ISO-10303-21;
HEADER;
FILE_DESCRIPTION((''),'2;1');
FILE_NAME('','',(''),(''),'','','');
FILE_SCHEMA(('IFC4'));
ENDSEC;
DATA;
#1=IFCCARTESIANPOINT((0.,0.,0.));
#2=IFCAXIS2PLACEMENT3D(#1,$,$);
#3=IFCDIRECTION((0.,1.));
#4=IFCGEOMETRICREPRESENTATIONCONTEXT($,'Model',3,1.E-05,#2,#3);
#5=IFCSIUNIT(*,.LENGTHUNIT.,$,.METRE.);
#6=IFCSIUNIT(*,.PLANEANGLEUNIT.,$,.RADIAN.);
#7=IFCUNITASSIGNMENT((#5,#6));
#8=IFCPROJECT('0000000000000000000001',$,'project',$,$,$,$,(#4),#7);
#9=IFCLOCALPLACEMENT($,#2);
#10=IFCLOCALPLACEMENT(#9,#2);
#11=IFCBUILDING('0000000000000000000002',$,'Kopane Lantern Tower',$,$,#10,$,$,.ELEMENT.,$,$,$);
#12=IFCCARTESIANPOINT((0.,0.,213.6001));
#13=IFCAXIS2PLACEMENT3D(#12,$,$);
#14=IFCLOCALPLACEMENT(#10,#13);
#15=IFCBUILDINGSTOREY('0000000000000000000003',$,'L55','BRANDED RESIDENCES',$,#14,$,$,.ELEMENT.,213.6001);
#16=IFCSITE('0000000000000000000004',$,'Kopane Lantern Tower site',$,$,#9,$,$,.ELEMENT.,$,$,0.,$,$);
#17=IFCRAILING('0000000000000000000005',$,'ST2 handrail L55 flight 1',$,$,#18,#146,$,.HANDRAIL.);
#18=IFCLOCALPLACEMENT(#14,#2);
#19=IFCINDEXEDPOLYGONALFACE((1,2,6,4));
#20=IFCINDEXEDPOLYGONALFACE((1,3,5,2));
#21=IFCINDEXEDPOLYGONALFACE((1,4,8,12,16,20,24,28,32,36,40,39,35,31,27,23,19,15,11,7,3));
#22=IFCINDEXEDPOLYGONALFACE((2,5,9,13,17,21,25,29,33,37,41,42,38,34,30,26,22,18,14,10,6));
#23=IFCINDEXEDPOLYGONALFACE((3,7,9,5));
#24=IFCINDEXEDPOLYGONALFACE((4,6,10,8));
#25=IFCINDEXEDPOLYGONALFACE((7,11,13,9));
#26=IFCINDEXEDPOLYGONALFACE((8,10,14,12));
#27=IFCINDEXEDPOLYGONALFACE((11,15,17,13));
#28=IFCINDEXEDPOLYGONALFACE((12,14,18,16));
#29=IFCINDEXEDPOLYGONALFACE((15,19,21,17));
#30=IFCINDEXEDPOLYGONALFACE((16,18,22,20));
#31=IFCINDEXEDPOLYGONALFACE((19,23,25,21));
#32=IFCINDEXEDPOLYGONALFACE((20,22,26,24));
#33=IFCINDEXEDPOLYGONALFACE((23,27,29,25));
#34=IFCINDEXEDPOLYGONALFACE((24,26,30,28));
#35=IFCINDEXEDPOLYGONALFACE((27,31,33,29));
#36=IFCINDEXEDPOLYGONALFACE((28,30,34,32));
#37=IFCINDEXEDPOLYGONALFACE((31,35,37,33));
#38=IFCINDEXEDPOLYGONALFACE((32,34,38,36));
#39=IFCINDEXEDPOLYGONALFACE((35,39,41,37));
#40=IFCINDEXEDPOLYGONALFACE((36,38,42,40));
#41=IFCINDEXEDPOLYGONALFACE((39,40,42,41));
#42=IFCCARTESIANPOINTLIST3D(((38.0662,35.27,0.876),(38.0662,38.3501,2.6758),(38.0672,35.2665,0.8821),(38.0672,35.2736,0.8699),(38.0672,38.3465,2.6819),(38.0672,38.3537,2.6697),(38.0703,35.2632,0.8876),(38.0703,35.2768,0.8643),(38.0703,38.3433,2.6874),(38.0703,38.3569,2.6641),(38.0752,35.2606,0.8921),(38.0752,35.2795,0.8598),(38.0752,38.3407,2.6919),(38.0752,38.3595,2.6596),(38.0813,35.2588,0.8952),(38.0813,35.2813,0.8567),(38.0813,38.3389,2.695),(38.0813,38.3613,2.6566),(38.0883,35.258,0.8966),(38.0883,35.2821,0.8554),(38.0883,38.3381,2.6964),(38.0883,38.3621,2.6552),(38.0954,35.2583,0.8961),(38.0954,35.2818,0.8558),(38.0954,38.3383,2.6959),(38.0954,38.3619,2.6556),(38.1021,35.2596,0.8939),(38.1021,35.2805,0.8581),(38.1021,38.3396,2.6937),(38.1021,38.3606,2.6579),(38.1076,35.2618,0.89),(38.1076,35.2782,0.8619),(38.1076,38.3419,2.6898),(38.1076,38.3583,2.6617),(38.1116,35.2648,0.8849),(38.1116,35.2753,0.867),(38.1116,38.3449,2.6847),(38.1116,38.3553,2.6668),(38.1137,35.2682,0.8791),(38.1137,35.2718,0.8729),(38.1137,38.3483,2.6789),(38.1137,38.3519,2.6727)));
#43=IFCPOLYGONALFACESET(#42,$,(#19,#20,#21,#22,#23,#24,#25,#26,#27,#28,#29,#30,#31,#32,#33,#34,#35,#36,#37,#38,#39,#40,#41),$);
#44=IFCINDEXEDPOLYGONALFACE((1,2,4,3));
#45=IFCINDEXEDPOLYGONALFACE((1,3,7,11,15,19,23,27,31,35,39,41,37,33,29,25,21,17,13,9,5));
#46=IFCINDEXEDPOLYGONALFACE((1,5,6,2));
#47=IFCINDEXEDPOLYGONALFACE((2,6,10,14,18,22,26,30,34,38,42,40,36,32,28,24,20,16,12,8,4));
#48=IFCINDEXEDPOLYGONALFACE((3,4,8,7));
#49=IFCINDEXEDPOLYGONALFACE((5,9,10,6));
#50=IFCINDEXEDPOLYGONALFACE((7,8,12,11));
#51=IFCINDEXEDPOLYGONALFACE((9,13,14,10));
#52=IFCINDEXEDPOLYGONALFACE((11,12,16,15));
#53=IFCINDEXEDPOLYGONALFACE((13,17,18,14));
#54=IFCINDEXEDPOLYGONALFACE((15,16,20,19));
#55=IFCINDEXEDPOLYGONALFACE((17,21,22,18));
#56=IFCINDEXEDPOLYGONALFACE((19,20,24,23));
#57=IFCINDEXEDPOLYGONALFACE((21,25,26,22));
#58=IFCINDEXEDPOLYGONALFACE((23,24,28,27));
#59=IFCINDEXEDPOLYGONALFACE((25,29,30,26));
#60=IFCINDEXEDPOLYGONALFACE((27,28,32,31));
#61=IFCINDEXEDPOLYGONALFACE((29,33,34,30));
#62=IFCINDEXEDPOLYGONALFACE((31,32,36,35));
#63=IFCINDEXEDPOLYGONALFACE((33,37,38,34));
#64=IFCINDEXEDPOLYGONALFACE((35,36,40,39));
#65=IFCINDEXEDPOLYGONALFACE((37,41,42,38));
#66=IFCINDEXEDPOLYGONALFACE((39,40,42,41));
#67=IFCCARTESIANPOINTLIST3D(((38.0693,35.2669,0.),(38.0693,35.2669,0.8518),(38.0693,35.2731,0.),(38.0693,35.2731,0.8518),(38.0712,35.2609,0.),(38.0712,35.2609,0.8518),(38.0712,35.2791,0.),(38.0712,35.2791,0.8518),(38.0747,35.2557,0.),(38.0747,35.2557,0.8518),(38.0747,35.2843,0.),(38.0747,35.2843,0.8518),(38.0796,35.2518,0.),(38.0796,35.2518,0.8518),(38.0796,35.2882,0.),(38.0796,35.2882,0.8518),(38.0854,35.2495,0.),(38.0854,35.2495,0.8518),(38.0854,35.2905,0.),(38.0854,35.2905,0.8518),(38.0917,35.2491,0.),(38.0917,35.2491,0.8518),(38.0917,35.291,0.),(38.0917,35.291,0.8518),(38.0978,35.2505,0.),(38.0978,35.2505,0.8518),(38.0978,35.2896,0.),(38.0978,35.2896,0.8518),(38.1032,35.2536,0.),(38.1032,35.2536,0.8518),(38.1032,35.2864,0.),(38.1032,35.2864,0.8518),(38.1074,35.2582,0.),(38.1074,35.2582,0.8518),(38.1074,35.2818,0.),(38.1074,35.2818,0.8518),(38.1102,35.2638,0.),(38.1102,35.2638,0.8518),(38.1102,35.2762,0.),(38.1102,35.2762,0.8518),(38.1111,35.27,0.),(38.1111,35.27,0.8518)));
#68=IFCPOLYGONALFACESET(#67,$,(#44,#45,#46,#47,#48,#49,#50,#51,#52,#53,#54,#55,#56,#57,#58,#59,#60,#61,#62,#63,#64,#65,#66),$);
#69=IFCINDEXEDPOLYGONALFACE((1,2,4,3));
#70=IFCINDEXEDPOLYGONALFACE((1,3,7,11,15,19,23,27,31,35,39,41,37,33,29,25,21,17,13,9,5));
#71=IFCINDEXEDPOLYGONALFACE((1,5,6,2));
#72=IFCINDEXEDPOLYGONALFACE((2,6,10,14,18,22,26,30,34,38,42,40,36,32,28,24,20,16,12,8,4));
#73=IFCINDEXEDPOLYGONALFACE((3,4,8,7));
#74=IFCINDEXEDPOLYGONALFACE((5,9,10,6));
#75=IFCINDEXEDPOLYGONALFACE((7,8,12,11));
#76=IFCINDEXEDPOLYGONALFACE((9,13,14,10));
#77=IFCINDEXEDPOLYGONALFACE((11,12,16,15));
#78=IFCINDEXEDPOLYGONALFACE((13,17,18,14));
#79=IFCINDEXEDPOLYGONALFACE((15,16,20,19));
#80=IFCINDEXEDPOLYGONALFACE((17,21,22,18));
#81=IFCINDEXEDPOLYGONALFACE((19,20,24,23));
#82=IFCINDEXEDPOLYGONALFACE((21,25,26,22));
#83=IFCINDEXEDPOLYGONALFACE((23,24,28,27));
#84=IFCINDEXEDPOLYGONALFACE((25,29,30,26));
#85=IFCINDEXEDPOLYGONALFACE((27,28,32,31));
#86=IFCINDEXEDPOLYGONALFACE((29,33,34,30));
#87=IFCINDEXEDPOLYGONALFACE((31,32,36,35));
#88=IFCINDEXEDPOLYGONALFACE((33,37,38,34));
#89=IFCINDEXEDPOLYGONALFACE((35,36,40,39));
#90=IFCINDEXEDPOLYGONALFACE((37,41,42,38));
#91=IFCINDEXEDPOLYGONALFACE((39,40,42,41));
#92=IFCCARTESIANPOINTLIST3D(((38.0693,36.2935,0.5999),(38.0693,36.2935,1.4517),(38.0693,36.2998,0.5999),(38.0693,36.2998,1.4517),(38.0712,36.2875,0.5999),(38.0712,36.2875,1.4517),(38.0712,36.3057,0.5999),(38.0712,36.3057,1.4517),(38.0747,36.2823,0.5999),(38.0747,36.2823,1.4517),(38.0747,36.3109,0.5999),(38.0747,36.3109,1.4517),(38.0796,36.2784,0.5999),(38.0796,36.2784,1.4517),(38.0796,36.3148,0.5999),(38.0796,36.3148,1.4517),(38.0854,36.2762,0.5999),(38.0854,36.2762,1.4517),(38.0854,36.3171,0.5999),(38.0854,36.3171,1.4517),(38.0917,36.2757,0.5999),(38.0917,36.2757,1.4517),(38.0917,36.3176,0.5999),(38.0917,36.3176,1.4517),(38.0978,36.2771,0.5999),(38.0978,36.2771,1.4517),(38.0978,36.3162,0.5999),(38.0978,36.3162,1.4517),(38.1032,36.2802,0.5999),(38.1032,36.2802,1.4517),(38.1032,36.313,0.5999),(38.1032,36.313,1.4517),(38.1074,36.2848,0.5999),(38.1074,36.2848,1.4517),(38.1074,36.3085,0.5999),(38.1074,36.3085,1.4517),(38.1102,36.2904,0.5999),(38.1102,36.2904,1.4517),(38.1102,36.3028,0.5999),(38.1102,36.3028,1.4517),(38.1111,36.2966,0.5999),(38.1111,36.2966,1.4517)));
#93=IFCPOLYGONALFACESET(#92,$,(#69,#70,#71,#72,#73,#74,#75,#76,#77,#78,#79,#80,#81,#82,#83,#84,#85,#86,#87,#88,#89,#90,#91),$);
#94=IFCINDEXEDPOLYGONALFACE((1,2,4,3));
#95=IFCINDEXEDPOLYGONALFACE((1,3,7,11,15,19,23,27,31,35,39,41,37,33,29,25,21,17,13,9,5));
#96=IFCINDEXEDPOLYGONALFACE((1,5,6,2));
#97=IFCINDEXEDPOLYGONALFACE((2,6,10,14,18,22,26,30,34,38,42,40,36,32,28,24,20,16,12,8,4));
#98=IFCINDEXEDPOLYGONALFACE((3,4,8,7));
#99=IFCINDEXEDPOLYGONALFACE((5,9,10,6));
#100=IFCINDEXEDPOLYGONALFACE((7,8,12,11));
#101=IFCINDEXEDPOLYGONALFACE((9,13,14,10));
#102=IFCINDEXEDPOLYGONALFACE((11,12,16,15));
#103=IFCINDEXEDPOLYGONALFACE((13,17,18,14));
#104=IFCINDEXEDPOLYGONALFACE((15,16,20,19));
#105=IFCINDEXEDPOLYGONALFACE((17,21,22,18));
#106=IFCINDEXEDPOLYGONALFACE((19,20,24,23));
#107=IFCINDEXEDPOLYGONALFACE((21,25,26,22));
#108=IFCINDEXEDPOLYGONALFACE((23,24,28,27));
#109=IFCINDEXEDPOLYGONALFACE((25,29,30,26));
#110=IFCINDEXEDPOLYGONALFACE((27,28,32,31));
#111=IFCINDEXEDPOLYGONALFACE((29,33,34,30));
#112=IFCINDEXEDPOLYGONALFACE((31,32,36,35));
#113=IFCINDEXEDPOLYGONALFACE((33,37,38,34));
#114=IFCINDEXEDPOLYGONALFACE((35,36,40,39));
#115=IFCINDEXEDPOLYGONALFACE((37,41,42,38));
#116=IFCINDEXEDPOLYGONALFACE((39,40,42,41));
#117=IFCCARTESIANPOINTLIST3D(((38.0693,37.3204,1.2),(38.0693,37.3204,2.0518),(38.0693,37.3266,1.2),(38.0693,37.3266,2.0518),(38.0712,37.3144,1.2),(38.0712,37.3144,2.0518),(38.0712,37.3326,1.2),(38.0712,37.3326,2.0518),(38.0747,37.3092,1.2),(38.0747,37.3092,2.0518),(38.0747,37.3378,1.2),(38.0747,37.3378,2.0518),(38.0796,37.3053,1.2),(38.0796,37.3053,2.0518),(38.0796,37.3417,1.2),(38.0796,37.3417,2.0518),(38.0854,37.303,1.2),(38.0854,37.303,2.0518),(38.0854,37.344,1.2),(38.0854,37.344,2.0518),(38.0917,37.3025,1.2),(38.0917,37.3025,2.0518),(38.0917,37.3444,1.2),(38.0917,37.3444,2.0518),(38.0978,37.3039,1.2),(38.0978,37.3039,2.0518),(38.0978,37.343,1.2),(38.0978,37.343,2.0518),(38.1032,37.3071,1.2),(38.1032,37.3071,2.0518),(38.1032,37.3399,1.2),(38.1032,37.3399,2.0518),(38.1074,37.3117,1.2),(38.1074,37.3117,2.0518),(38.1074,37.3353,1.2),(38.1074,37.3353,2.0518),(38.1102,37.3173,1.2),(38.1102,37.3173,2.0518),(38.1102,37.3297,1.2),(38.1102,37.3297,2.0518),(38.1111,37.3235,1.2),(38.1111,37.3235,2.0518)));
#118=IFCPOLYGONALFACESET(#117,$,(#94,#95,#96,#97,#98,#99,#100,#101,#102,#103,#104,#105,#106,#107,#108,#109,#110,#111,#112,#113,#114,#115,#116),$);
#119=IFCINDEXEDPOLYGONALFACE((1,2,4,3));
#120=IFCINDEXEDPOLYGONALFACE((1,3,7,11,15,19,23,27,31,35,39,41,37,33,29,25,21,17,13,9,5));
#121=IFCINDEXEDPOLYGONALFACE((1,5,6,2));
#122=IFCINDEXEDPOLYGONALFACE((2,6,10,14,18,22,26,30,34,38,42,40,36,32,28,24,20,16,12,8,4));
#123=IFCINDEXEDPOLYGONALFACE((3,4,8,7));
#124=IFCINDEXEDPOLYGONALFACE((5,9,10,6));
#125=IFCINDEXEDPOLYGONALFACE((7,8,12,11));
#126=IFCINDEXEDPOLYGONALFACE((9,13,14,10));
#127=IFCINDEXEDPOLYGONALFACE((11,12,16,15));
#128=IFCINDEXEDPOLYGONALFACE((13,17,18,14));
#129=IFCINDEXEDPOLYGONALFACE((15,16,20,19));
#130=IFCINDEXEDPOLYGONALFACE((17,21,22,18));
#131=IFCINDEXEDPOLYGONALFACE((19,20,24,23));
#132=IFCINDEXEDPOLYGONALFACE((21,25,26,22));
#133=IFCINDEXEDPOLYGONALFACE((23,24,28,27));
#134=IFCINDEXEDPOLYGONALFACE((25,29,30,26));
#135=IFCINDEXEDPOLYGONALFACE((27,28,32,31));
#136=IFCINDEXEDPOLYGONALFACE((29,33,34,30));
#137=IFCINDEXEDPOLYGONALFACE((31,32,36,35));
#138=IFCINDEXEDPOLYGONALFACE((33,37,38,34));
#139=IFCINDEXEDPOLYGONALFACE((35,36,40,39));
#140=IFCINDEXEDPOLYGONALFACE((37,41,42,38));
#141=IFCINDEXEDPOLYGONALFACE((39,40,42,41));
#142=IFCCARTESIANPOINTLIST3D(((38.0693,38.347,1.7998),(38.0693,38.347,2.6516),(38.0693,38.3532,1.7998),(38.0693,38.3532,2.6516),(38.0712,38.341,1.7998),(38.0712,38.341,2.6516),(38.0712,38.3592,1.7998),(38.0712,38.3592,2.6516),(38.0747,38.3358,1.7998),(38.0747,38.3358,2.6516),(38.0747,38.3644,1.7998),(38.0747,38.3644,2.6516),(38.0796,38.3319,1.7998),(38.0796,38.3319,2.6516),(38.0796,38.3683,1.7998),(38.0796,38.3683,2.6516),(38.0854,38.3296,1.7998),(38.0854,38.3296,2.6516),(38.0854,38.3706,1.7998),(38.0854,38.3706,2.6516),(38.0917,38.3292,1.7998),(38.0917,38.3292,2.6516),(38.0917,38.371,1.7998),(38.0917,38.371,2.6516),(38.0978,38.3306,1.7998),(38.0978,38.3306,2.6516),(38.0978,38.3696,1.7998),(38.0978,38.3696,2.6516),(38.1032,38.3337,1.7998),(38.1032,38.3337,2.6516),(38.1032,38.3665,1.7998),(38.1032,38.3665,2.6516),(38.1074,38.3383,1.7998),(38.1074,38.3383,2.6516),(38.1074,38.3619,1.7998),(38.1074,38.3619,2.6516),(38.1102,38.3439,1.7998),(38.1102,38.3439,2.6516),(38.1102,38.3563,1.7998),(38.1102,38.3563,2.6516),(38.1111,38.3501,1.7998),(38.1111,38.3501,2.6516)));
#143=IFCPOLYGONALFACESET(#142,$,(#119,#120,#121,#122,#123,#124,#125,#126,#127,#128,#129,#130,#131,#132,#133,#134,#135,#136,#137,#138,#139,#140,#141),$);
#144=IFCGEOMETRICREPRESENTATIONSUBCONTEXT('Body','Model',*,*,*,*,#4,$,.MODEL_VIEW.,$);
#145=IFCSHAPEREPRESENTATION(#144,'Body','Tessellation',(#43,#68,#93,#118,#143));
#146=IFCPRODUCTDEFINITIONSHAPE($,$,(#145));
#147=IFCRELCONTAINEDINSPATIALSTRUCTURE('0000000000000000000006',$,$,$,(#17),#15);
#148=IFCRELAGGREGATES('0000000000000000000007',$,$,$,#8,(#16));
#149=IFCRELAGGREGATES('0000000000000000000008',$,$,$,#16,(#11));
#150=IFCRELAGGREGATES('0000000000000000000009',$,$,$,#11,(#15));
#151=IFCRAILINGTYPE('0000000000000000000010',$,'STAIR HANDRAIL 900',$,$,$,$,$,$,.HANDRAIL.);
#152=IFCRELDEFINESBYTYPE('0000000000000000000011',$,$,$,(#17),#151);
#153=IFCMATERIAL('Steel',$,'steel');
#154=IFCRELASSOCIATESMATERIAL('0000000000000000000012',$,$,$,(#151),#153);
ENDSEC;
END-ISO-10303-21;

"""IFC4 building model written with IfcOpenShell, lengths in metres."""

from ifc_helpers import new_model, si_unit, direction, frame, origin, origin_2d, place, context, subcontext, project, spatial, circle, extrude, material, type_object, element, save


model = new_model("IFC4")

# Units and contexts
model_context = context("Model", 3, precision=1e-05, world=origin(), true_north=direction((0.0, 1.0)))
body_context = subcontext(model_context, "Body", "Model", "MODEL_VIEW")
ifc_project = project(units=[si_unit("LENGTHUNIT", "METRE"), si_unit("PLANEANGLEUNIT", "RADIAN")], contexts=[model_context])

# Site, building, storey
site_placement = place(None, origin())
site = spatial("IfcSite", under=ifc_project, at=site_placement, Name="Kopane Lantern Tower site", CompositionType="ELEMENT", RefElevation=0.0)
building_placement = place(site_placement, origin())
building = spatial("IfcBuilding", under=site, at=building_placement, Name="Kopane Lantern Tower", CompositionType="ELEMENT")
storey_placement = place(building_placement, frame((0.0, 0.0, 213.6001)))
storey = spatial("IfcBuildingStorey", under=building, at=storey_placement, Name="L55", Description="BRANDED RESIDENCES", CompositionType="ELEMENT", Elevation=213.6001)

# Railing
ifc_material_1 = material(Name="Steel", Category="steel")
railing_type_1 = type_object("IfcRailingType", Name="STAIR HANDRAIL 900", PredefinedType="HANDRAIL", material=ifc_material_1)
for number, where, name in (
    (1, (38.0901, 35.27, 0.0), "ST2 handrail L55 flight 1"),
):
    element("IfcRailing", number, at=place(storey_placement, frame(where)), inside=storey, type_object=railing_type_1, Name=name, PredefinedType="HANDRAIL", context=body_context, shape_type="SweptSolid", body=[
        extrude(circle(Radius=0.0239, at=origin_2d()), frame((0.0, 0.0, 0.876), z_axis=(0.0, 0.863401, 0.504518), x_axis=(-1.0, 0.0, 0.0)), (0.0, 0.0, 1.0), 3.5674),
        extrude(circle(Radius=0.021, at=origin_2d()), origin(), (0.0, 0.0, 1.0), 0.8518),
        extrude(circle(Radius=0.021, at=origin_2d()), frame((0.0, 1.0266, 0.5999)), (0.0, 0.0, 1.0), 0.8518),
        extrude(circle(Radius=0.021, at=origin_2d()), frame((0.0, 2.0535, 1.2)), (0.0, 0.0, 1.0), 0.8518),
        extrude(circle(Radius=0.021, at=origin_2d()), frame((0.0, 3.0801, 1.7998)), (0.0, 0.0, 1.0), 0.8518),
    ])

save(model, "model.ifc")
